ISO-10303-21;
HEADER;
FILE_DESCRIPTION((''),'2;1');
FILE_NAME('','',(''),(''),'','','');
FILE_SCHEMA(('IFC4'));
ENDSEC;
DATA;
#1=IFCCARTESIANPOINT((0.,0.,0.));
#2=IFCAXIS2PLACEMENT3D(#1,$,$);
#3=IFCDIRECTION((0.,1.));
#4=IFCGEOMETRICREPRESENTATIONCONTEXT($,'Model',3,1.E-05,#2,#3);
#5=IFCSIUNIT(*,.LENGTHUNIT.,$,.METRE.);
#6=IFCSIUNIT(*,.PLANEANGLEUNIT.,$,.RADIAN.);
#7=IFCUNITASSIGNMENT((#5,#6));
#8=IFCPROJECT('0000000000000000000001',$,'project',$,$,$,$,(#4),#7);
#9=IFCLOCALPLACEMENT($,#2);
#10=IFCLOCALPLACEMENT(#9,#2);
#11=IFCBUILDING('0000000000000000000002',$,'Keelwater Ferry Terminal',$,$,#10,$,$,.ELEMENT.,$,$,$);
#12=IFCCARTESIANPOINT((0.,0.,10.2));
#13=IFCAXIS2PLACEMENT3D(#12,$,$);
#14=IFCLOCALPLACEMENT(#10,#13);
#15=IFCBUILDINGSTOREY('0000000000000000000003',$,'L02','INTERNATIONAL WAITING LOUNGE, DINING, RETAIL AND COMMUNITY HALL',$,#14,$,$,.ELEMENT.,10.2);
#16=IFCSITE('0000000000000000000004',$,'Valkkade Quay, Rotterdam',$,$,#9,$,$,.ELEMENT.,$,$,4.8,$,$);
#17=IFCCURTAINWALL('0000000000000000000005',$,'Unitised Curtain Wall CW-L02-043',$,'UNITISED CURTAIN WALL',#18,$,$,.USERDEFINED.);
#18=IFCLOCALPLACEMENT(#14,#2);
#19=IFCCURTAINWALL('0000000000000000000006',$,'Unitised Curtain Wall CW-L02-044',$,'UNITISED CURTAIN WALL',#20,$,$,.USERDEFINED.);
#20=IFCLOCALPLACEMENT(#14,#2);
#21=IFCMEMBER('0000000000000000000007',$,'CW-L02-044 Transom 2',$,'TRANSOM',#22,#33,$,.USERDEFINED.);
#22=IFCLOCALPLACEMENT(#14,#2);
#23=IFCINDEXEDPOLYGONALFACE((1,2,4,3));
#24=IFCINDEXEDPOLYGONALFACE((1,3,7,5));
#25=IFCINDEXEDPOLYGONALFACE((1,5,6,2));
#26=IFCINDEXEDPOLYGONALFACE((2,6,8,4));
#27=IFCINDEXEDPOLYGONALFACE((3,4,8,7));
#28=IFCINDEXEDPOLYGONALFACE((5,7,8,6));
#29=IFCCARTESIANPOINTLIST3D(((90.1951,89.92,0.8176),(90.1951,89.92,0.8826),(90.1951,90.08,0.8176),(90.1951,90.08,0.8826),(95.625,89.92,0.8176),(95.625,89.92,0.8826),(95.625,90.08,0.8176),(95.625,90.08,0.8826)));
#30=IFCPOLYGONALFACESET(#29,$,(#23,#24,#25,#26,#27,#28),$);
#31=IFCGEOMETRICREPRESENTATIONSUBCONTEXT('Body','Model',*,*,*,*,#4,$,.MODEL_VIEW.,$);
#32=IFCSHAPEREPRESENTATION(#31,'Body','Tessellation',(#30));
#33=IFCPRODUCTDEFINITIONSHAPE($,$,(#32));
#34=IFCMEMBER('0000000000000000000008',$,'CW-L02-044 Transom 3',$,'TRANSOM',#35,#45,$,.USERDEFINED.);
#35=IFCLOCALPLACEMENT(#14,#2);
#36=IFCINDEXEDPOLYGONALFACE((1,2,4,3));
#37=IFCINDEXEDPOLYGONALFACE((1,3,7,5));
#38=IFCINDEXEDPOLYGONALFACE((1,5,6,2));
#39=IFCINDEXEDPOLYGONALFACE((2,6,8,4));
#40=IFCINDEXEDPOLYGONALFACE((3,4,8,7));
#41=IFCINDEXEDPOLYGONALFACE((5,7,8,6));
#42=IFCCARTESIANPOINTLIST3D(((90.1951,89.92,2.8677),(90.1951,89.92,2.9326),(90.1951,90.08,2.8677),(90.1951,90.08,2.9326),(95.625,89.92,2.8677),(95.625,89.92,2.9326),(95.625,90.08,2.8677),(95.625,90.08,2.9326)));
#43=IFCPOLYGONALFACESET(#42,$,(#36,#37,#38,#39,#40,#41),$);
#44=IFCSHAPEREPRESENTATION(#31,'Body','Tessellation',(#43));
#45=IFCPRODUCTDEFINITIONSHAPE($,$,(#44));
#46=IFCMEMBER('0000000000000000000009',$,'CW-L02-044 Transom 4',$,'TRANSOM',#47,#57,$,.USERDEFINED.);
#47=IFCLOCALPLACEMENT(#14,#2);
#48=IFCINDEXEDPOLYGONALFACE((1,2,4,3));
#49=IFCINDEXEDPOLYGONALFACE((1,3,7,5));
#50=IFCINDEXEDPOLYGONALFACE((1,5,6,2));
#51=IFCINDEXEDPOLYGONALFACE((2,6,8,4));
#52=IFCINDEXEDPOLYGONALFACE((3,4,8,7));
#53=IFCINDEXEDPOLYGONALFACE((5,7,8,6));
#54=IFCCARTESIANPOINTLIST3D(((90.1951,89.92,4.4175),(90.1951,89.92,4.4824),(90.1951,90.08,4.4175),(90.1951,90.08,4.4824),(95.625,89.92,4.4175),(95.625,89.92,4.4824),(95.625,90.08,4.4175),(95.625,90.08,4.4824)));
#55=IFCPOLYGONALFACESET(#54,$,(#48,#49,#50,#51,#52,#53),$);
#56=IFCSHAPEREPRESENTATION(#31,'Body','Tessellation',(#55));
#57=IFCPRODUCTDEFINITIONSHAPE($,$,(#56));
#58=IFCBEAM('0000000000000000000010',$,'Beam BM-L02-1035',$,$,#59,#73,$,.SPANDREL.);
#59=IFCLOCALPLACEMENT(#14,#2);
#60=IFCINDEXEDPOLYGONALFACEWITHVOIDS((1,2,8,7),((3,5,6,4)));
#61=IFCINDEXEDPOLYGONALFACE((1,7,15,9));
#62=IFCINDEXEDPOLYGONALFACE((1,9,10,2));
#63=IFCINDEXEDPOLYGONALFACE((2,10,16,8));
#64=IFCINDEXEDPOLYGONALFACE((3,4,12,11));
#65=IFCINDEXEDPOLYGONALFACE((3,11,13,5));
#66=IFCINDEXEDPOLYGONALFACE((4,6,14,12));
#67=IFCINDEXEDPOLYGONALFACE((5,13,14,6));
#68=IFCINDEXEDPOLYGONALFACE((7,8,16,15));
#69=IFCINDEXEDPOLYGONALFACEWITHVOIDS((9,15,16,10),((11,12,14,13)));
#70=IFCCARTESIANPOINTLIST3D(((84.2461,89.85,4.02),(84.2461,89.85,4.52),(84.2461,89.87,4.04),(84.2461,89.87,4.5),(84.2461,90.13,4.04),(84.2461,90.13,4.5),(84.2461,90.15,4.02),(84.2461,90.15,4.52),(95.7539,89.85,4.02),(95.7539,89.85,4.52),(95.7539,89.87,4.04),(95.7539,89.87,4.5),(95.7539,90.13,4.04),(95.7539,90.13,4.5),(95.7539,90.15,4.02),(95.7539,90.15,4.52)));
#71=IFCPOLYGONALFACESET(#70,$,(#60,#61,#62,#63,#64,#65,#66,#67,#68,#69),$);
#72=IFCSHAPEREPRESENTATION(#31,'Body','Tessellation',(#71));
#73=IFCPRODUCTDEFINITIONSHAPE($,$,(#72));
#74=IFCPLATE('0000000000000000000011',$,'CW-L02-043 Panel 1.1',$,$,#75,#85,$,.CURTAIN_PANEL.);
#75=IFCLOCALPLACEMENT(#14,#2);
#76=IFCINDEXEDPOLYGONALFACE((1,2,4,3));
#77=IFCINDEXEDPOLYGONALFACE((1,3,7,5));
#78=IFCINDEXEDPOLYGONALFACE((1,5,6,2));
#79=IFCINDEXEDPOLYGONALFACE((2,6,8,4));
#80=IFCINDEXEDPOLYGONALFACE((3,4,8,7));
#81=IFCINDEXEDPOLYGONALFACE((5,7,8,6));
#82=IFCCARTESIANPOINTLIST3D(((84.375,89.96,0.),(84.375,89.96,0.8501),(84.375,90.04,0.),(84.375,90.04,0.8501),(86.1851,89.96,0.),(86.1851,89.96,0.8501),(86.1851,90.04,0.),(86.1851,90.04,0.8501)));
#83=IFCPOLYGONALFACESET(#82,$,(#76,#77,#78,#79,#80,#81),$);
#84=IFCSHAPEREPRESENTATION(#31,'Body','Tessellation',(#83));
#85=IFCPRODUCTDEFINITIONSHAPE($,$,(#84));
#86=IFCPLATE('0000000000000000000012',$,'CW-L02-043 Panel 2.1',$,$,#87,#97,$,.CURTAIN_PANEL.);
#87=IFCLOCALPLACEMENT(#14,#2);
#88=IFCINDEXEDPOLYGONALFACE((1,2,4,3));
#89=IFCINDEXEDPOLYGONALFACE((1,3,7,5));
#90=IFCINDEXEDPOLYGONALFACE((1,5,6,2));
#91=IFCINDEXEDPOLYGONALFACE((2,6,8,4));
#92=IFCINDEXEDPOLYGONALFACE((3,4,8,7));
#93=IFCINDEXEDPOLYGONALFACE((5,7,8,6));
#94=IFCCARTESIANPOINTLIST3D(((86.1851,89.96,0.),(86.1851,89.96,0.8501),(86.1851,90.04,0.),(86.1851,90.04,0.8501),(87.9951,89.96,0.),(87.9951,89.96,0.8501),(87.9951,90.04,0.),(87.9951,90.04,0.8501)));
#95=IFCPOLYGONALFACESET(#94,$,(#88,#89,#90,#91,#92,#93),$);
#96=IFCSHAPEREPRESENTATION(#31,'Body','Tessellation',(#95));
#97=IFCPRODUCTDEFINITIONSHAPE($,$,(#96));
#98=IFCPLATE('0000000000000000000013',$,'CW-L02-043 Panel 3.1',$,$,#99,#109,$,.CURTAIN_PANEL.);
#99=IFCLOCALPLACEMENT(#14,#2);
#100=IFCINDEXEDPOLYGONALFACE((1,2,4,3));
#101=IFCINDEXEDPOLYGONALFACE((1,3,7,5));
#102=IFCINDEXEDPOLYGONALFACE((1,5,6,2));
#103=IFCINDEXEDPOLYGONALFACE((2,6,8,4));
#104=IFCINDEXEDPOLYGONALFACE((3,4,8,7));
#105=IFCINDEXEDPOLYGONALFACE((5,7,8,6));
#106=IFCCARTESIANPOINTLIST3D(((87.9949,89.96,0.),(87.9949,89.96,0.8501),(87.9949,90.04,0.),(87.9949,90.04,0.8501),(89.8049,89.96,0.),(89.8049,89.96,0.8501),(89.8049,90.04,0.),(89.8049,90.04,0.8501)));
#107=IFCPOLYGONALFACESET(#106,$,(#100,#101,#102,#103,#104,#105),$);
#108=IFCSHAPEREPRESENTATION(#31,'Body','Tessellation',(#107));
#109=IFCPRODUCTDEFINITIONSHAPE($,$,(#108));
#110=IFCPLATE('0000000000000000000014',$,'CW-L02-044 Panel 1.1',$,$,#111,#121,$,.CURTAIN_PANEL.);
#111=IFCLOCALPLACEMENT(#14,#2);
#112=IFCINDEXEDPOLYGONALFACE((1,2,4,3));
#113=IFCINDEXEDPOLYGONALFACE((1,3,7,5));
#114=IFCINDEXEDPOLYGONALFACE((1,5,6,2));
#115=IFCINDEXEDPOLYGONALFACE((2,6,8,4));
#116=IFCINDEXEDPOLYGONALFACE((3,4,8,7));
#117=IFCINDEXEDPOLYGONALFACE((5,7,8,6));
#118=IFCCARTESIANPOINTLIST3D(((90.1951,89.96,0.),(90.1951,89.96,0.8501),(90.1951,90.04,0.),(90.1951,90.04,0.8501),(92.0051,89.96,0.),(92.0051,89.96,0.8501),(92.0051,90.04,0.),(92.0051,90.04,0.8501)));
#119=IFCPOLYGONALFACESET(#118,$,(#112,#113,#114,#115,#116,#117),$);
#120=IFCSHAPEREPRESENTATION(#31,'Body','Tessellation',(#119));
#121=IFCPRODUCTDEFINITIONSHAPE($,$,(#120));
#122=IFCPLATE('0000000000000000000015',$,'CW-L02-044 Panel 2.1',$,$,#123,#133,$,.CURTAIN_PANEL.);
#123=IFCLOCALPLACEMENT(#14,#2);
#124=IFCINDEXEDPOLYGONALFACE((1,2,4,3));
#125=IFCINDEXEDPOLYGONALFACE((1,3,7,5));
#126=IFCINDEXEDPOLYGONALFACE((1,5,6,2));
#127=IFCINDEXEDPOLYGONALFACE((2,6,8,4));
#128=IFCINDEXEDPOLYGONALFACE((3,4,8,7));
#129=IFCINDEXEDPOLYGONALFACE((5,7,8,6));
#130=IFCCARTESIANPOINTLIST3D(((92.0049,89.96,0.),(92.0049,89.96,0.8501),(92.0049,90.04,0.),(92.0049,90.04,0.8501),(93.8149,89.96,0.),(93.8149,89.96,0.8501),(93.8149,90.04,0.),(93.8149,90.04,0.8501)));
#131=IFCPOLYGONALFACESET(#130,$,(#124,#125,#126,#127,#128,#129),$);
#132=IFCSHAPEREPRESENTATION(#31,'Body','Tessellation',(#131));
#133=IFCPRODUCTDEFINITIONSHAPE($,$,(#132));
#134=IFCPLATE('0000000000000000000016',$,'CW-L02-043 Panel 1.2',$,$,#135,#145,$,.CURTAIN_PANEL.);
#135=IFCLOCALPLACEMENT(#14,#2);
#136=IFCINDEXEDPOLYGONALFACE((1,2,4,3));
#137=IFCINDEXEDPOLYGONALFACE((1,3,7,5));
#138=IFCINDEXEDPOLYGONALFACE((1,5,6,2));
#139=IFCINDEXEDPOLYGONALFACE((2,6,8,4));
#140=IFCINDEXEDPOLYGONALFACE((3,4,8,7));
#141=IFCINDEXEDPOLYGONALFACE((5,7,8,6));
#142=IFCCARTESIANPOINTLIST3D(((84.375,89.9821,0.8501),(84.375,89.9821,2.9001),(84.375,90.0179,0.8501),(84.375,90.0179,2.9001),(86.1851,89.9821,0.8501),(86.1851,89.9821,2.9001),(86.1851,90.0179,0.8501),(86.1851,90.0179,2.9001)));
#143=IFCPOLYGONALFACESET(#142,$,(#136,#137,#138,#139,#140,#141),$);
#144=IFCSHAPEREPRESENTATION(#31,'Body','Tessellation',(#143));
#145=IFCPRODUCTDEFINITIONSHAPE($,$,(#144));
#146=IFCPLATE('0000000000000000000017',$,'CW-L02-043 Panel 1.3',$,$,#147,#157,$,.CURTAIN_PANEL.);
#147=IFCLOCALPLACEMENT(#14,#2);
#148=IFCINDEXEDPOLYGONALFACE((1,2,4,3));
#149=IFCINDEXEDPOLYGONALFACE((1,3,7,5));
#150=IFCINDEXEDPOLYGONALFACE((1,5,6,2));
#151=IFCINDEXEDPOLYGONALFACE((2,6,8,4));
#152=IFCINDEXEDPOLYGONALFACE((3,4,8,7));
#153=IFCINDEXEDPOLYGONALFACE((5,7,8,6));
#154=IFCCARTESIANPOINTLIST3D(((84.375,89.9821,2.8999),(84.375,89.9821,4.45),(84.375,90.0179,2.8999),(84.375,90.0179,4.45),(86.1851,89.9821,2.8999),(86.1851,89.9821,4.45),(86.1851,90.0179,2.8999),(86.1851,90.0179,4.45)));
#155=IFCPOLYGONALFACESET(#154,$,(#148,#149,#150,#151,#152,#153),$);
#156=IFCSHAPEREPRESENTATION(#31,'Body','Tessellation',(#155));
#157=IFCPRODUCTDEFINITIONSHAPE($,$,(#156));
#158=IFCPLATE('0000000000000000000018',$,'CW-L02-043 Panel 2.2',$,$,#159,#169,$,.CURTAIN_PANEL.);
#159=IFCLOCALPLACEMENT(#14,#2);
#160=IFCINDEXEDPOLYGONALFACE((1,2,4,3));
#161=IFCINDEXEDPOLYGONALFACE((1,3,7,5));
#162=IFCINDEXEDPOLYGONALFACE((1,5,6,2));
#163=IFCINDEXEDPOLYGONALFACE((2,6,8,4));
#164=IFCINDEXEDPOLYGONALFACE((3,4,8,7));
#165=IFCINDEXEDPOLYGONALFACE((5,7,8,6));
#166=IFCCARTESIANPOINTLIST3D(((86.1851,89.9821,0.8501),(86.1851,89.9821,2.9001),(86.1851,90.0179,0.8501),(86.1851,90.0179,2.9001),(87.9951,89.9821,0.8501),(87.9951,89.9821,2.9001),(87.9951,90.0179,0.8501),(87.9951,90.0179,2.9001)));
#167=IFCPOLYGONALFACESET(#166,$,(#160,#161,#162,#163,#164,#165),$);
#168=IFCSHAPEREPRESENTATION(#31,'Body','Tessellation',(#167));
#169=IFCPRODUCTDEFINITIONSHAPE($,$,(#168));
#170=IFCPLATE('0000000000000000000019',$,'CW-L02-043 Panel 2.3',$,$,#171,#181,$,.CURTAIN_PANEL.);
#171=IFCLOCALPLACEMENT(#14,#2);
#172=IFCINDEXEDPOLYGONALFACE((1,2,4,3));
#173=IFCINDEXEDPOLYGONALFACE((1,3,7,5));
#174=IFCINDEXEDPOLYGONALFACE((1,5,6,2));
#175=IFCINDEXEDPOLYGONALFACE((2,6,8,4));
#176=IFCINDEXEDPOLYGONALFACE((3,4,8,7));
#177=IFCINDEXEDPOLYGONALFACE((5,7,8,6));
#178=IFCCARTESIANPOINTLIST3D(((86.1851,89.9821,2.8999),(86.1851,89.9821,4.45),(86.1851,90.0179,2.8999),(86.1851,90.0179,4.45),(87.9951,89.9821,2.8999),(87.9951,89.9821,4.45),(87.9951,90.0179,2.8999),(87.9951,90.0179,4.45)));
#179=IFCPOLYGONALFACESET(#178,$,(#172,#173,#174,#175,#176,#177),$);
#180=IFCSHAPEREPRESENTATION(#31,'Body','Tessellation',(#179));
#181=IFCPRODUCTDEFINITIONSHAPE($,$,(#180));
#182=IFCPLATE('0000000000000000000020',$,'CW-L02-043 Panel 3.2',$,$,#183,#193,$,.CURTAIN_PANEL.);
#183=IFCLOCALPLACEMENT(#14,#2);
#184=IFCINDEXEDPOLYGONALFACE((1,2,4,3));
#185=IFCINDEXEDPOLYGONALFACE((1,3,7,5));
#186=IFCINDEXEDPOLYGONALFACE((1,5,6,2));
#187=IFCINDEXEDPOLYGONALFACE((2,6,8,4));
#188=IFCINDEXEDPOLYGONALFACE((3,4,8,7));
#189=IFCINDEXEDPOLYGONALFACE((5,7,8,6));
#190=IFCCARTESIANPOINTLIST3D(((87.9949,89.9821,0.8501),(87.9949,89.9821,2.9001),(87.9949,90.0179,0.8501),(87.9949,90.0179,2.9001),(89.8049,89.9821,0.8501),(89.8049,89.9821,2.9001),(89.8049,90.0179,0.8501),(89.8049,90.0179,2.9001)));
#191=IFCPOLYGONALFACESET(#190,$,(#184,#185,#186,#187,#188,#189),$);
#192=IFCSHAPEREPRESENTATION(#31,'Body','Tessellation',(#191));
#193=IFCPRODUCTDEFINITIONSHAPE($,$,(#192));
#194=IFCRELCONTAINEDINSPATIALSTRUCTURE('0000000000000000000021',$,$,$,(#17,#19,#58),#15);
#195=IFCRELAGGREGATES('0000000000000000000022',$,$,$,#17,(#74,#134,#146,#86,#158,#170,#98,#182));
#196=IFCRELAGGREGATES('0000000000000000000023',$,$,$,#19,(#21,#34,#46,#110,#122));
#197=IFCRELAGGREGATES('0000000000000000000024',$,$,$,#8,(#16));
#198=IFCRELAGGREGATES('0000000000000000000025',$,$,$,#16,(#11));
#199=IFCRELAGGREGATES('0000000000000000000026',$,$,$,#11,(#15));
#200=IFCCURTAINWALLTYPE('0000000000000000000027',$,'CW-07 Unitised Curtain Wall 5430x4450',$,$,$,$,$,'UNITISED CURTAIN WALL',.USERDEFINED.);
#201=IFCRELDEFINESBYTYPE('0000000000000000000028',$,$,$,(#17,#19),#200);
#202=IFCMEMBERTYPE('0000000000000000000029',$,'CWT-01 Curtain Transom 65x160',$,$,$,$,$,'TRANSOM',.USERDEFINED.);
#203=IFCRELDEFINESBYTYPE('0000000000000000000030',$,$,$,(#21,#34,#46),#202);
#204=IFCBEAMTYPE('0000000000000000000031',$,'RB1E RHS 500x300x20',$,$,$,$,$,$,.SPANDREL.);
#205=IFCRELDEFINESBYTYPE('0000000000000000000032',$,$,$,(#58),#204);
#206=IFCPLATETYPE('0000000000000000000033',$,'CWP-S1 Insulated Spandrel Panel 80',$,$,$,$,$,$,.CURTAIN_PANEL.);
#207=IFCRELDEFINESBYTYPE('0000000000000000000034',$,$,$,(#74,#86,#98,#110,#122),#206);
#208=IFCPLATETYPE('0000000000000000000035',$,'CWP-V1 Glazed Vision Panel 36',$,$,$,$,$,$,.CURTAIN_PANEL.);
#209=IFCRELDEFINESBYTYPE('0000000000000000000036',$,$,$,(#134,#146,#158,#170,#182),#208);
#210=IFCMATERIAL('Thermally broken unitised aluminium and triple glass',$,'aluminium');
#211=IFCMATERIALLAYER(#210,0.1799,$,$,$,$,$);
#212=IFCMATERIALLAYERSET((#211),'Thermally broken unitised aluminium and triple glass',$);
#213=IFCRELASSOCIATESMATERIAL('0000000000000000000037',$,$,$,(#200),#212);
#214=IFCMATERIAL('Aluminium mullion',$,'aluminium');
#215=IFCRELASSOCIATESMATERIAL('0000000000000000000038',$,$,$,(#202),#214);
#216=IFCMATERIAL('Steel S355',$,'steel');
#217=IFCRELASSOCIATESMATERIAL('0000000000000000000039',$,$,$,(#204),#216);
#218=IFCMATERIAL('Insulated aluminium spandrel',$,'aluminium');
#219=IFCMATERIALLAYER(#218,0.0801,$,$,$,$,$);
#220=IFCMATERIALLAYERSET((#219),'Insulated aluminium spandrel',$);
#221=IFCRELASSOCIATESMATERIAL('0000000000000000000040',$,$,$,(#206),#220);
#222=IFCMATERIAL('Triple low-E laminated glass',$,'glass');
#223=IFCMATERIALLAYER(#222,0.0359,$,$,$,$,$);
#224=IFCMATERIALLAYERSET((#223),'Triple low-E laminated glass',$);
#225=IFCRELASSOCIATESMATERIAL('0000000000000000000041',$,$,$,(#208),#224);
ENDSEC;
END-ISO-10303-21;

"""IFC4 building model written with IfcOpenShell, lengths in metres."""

from ifc_helpers import new_model, si_unit, direction, frame, origin, origin_2d, place, context, subcontext, project, spatial, rectangle, hollow_rectangle, extrude, material, layer, layer_set, material_profile, profile_set, type_object, element, aggregate, save


model = new_model("IFC4")

# Units and contexts
model_context = context("Model", 3, precision=1e-05, world=origin(), true_north=direction((0.0, 1.0)))
body_context = subcontext(model_context, "Body", "Model", "MODEL_VIEW")
ifc_project = project(units=[si_unit("LENGTHUNIT", "METRE"), si_unit("PLANEANGLEUNIT", "RADIAN")], contexts=[model_context])

# Site, building, storey
site_placement = place(None, origin())
site = spatial("IfcSite", under=ifc_project, at=site_placement, Name="Valkkade Quay, Rotterdam", CompositionType="ELEMENT", RefElevation=4.8)
building_placement = place(site_placement, origin())
building = spatial("IfcBuilding", under=site, at=building_placement, Name="Keelwater Ferry Terminal", CompositionType="ELEMENT")
storey_placement = place(building_placement, frame((0.0, 0.0, 10.2)))
storey = spatial("IfcBuildingStorey", under=building, at=storey_placement, Name="L02", Description="INTERNATIONAL WAITING LOUNGE, DINING, RETAIL AND COMMUNITY HALL", CompositionType="ELEMENT", Elevation=10.2)

# Curtain walls
ifc_material_1 = material(Name="Thermally broken unitised aluminium and triple glass", Category="aluminium")
ifc_layer_1 = layer(ifc_material_1, 0.1799)
ifc_layer_set_1 = layer_set([ifc_layer_1], Name="Thermally broken unitised aluminium and triple glass")
curtain_wall_type = type_object("IfcCurtainWallType", Name="CW-07 Unitised Curtain Wall 5430x4450", ElementType="UNITISED CURTAIN WALL", PredefinedType="USERDEFINED", material=ifc_layer_set_1)
curtain_wall_1_placement = place(storey_placement, origin())
curtain_wall_1 = element("IfcCurtainWall", 1, at=curtain_wall_1_placement, inside=storey, type_object=curtain_wall_type, Name="Unitised Curtain Wall CW-L02-043", ObjectType="UNITISED CURTAIN WALL", PredefinedType="USERDEFINED")
curtain_wall_2_placement = place(storey_placement, origin())
curtain_wall_2 = element("IfcCurtainWall", 2, at=curtain_wall_2_placement, inside=storey, type_object=curtain_wall_type, Name="Unitised Curtain Wall CW-L02-044", ObjectType="UNITISED CURTAIN WALL", PredefinedType="USERDEFINED")

# Members
ifc_material_2 = material(Name="Aluminium mullion", Category="aluminium")
ifc_material_profile_1 = material_profile(ifc_material_2, rectangle(XDim=0.1599, YDim=0.0649, at=origin_2d()), Name="CWT-01")
ifc_profile_set_1 = profile_set([ifc_material_profile_1], Name="Aluminium mullion")
member_type_1 = type_object("IfcMemberType", Name="CWT-01 Curtain Transom 65x160", ElementType="TRANSOM", PredefinedType="USERDEFINED", material=ifc_profile_set_1)
member_1_placement = place(storey_placement, frame((90.1951, 90.0, 0.8501), z_axis=(1.0, 0.0, 0.0), x_axis=(0.0, 1.0, 0.0)))
member_1 = element("IfcMember", 3, at=member_1_placement, type_object=member_type_1, Name="CW-L02-044 Transom 2", ObjectType="TRANSOM", PredefinedType="USERDEFINED", context=body_context, shape_type="SweptSolid", body=[
    extrude(rectangle(XDim=0.1599, YDim=0.0649, at=origin_2d()), origin(), (0.0, 0.0, 1.0), 5.4299),
])
member_2_placement = place(storey_placement, frame((90.1951, 90.0, 2.9001), z_axis=(1.0, 0.0, 0.0), x_axis=(0.0, 1.0, 0.0)))
member_2 = element("IfcMember", 4, at=member_2_placement, type_object=member_type_1, Name="CW-L02-044 Transom 3", ObjectType="TRANSOM", PredefinedType="USERDEFINED", context=body_context, shape_type="SweptSolid", body=[
    extrude(rectangle(XDim=0.1599, YDim=0.0649, at=origin_2d()), origin(), (0.0, 0.0, 1.0), 5.4299),
])
member_3_placement = place(storey_placement, frame((90.1951, 90.0, 4.45), z_axis=(1.0, 0.0, 0.0), x_axis=(0.0, 1.0, 0.0)))
member_3 = element("IfcMember", 5, at=member_3_placement, type_object=member_type_1, Name="CW-L02-044 Transom 4", ObjectType="TRANSOM", PredefinedType="USERDEFINED", context=body_context, shape_type="SweptSolid", body=[
    extrude(rectangle(XDim=0.1599, YDim=0.0649, at=origin_2d()), origin(), (0.0, 0.0, 1.0), 5.4299),
])

# Beam
ifc_material_3 = material(Name="Steel S355", Category="steel")
ifc_material_profile_2 = material_profile(ifc_material_3, hollow_rectangle(XDim=0.3, YDim=0.5, WallThickness=0.02, at=origin_2d()), Name="RHS 500x300x20")
ifc_profile_set_2 = profile_set([ifc_material_profile_2], Name="Steel S355")
beam_type = type_object("IfcBeamType", Name="RB1E RHS 500x300x20", PredefinedType="SPANDREL", material=ifc_profile_set_2)
beam_placement = place(storey_placement, frame((84.2461, 90.0, 4.27), z_axis=(1.0, 0.0, 0.0), x_axis=(0.0, 1.0, 0.0)))
element("IfcBeam", 6, at=beam_placement, inside=storey, type_object=beam_type, Name="Beam BM-L02-1035", PredefinedType="SPANDREL", context=body_context, shape_type="SweptSolid", body=[
    extrude(hollow_rectangle(XDim=0.3, YDim=0.5, WallThickness=0.02, at=origin_2d()), origin(), (0.0, 0.0, 1.0), 11.5078),
])

# Plates
ifc_material_4 = material(Name="Insulated aluminium spandrel", Category="aluminium")
ifc_layer_2 = layer(ifc_material_4, 0.0801)
ifc_layer_set_2 = layer_set([ifc_layer_2], Name="Insulated aluminium spandrel")
plate_type_1 = type_object("IfcPlateType", Name="CWP-S1 Insulated Spandrel Panel 80", PredefinedType="CURTAIN_PANEL", material=ifc_layer_set_2)
plate_1_placement = place(storey_placement, frame((85.28, 90.0, 0.0), z_axis=(0.0, 0.0, 1.0), x_axis=(1.0, 0.0, 0.0)))
plate_1 = element("IfcPlate", 7, at=plate_1_placement, type_object=plate_type_1, Name="CW-L02-043 Panel 1.1", PredefinedType="CURTAIN_PANEL", context=body_context, shape_type="SweptSolid", body=[
    extrude(rectangle(XDim=1.8101, YDim=0.0801, at=origin_2d()), origin(), (0.0, 0.0, 1.0), 0.8501),
])
plate_2_placement = place(storey_placement, frame((87.0901, 90.0, 0.0), z_axis=(0.0, 0.0, 1.0), x_axis=(1.0, 0.0, 0.0)))
plate_2 = element("IfcPlate", 8, at=plate_2_placement, type_object=plate_type_1, Name="CW-L02-043 Panel 2.1", PredefinedType="CURTAIN_PANEL", context=body_context, shape_type="SweptSolid", body=[
    extrude(rectangle(XDim=1.8101, YDim=0.0801, at=origin_2d()), origin(), (0.0, 0.0, 1.0), 0.8501),
])
plate_3_placement = place(storey_placement, frame((88.8999, 90.0, 0.0), z_axis=(0.0, 0.0, 1.0), x_axis=(1.0, 0.0, 0.0)))
plate_3 = element("IfcPlate", 9, at=plate_3_placement, type_object=plate_type_1, Name="CW-L02-043 Panel 3.1", PredefinedType="CURTAIN_PANEL", context=body_context, shape_type="SweptSolid", body=[
    extrude(rectangle(XDim=1.8101, YDim=0.0801, at=origin_2d()), origin(), (0.0, 0.0, 1.0), 0.8501),
])
plate_4_placement = place(storey_placement, frame((91.1001, 90.0, 0.0), z_axis=(0.0, 0.0, 1.0), x_axis=(1.0, 0.0, 0.0)))
plate_4 = element("IfcPlate", 10, at=plate_4_placement, type_object=plate_type_1, Name="CW-L02-044 Panel 1.1", PredefinedType="CURTAIN_PANEL", context=body_context, shape_type="SweptSolid", body=[
    extrude(rectangle(XDim=1.8101, YDim=0.0801, at=origin_2d()), origin(), (0.0, 0.0, 1.0), 0.8501),
])
plate_5_placement = place(storey_placement, frame((92.9099, 90.0, 0.0), z_axis=(0.0, 0.0, 1.0), x_axis=(1.0, 0.0, 0.0)))
plate_5 = element("IfcPlate", 11, at=plate_5_placement, type_object=plate_type_1, Name="CW-L02-044 Panel 2.1", PredefinedType="CURTAIN_PANEL", context=body_context, shape_type="SweptSolid", body=[
    extrude(rectangle(XDim=1.8101, YDim=0.0801, at=origin_2d()), origin(), (0.0, 0.0, 1.0), 0.8501),
])
ifc_material_5 = material(Name="Triple low-E laminated glass", Category="glass")
ifc_layer_3 = layer(ifc_material_5, 0.0359)
ifc_layer_set_3 = layer_set([ifc_layer_3], Name="Triple low-E laminated glass")
plate_type_2 = type_object("IfcPlateType", Name="CWP-V1 Glazed Vision Panel 36", PredefinedType="CURTAIN_PANEL", material=ifc_layer_set_3)
plate_6_placement = place(storey_placement, frame((85.28, 90.0, 0.8501), z_axis=(0.0, 0.0, 1.0), x_axis=(1.0, 0.0, 0.0)))
plate_6 = element("IfcPlate", 12, at=plate_6_placement, type_object=plate_type_2, Name="CW-L02-043 Panel 1.2", PredefinedType="CURTAIN_PANEL", context=body_context, shape_type="SweptSolid", body=[
    extrude(rectangle(XDim=1.8101, YDim=0.0359, at=origin_2d()), origin(), (0.0, 0.0, 1.0), 2.05),
])
plate_7_placement = place(storey_placement, frame((85.28, 90.0, 2.8999), z_axis=(0.0, 0.0, 1.0), x_axis=(1.0, 0.0, 0.0)))
plate_7 = element("IfcPlate", 13, at=plate_7_placement, type_object=plate_type_2, Name="CW-L02-043 Panel 1.3", PredefinedType="CURTAIN_PANEL", context=body_context, shape_type="SweptSolid", body=[
    extrude(rectangle(XDim=1.8101, YDim=0.0359, at=origin_2d()), origin(), (0.0, 0.0, 1.0), 1.55),
])
plate_8_placement = place(storey_placement, frame((87.0901, 90.0, 0.8501), z_axis=(0.0, 0.0, 1.0), x_axis=(1.0, 0.0, 0.0)))
plate_8 = element("IfcPlate", 14, at=plate_8_placement, type_object=plate_type_2, Name="CW-L02-043 Panel 2.2", PredefinedType="CURTAIN_PANEL", context=body_context, shape_type="SweptSolid", body=[
    extrude(rectangle(XDim=1.8101, YDim=0.0359, at=origin_2d()), origin(), (0.0, 0.0, 1.0), 2.05),
])
plate_9_placement = place(storey_placement, frame((87.0901, 90.0, 2.8999), z_axis=(0.0, 0.0, 1.0), x_axis=(1.0, 0.0, 0.0)))
plate_9 = element("IfcPlate", 15, at=plate_9_placement, type_object=plate_type_2, Name="CW-L02-043 Panel 2.3", PredefinedType="CURTAIN_PANEL", context=body_context, shape_type="SweptSolid", body=[
    extrude(rectangle(XDim=1.8101, YDim=0.0359, at=origin_2d()), origin(), (0.0, 0.0, 1.0), 1.55),
])
plate_10_placement = place(storey_placement, frame((88.8999, 90.0, 0.8501), z_axis=(0.0, 0.0, 1.0), x_axis=(1.0, 0.0, 0.0)))
plate_10 = element("IfcPlate", 16, at=plate_10_placement, type_object=plate_type_2, Name="CW-L02-043 Panel 3.2", PredefinedType="CURTAIN_PANEL", context=body_context, shape_type="SweptSolid", body=[
    extrude(rectangle(XDim=1.8101, YDim=0.0359, at=origin_2d()), origin(), (0.0, 0.0, 1.0), 2.05),
])
aggregate(curtain_wall_1, [plate_1, plate_6, plate_7, plate_2, plate_8, plate_9, plate_3, plate_10])
aggregate(curtain_wall_2, [member_1, member_2, member_3, plate_4, plate_5])

save(model, "model.ifc")
